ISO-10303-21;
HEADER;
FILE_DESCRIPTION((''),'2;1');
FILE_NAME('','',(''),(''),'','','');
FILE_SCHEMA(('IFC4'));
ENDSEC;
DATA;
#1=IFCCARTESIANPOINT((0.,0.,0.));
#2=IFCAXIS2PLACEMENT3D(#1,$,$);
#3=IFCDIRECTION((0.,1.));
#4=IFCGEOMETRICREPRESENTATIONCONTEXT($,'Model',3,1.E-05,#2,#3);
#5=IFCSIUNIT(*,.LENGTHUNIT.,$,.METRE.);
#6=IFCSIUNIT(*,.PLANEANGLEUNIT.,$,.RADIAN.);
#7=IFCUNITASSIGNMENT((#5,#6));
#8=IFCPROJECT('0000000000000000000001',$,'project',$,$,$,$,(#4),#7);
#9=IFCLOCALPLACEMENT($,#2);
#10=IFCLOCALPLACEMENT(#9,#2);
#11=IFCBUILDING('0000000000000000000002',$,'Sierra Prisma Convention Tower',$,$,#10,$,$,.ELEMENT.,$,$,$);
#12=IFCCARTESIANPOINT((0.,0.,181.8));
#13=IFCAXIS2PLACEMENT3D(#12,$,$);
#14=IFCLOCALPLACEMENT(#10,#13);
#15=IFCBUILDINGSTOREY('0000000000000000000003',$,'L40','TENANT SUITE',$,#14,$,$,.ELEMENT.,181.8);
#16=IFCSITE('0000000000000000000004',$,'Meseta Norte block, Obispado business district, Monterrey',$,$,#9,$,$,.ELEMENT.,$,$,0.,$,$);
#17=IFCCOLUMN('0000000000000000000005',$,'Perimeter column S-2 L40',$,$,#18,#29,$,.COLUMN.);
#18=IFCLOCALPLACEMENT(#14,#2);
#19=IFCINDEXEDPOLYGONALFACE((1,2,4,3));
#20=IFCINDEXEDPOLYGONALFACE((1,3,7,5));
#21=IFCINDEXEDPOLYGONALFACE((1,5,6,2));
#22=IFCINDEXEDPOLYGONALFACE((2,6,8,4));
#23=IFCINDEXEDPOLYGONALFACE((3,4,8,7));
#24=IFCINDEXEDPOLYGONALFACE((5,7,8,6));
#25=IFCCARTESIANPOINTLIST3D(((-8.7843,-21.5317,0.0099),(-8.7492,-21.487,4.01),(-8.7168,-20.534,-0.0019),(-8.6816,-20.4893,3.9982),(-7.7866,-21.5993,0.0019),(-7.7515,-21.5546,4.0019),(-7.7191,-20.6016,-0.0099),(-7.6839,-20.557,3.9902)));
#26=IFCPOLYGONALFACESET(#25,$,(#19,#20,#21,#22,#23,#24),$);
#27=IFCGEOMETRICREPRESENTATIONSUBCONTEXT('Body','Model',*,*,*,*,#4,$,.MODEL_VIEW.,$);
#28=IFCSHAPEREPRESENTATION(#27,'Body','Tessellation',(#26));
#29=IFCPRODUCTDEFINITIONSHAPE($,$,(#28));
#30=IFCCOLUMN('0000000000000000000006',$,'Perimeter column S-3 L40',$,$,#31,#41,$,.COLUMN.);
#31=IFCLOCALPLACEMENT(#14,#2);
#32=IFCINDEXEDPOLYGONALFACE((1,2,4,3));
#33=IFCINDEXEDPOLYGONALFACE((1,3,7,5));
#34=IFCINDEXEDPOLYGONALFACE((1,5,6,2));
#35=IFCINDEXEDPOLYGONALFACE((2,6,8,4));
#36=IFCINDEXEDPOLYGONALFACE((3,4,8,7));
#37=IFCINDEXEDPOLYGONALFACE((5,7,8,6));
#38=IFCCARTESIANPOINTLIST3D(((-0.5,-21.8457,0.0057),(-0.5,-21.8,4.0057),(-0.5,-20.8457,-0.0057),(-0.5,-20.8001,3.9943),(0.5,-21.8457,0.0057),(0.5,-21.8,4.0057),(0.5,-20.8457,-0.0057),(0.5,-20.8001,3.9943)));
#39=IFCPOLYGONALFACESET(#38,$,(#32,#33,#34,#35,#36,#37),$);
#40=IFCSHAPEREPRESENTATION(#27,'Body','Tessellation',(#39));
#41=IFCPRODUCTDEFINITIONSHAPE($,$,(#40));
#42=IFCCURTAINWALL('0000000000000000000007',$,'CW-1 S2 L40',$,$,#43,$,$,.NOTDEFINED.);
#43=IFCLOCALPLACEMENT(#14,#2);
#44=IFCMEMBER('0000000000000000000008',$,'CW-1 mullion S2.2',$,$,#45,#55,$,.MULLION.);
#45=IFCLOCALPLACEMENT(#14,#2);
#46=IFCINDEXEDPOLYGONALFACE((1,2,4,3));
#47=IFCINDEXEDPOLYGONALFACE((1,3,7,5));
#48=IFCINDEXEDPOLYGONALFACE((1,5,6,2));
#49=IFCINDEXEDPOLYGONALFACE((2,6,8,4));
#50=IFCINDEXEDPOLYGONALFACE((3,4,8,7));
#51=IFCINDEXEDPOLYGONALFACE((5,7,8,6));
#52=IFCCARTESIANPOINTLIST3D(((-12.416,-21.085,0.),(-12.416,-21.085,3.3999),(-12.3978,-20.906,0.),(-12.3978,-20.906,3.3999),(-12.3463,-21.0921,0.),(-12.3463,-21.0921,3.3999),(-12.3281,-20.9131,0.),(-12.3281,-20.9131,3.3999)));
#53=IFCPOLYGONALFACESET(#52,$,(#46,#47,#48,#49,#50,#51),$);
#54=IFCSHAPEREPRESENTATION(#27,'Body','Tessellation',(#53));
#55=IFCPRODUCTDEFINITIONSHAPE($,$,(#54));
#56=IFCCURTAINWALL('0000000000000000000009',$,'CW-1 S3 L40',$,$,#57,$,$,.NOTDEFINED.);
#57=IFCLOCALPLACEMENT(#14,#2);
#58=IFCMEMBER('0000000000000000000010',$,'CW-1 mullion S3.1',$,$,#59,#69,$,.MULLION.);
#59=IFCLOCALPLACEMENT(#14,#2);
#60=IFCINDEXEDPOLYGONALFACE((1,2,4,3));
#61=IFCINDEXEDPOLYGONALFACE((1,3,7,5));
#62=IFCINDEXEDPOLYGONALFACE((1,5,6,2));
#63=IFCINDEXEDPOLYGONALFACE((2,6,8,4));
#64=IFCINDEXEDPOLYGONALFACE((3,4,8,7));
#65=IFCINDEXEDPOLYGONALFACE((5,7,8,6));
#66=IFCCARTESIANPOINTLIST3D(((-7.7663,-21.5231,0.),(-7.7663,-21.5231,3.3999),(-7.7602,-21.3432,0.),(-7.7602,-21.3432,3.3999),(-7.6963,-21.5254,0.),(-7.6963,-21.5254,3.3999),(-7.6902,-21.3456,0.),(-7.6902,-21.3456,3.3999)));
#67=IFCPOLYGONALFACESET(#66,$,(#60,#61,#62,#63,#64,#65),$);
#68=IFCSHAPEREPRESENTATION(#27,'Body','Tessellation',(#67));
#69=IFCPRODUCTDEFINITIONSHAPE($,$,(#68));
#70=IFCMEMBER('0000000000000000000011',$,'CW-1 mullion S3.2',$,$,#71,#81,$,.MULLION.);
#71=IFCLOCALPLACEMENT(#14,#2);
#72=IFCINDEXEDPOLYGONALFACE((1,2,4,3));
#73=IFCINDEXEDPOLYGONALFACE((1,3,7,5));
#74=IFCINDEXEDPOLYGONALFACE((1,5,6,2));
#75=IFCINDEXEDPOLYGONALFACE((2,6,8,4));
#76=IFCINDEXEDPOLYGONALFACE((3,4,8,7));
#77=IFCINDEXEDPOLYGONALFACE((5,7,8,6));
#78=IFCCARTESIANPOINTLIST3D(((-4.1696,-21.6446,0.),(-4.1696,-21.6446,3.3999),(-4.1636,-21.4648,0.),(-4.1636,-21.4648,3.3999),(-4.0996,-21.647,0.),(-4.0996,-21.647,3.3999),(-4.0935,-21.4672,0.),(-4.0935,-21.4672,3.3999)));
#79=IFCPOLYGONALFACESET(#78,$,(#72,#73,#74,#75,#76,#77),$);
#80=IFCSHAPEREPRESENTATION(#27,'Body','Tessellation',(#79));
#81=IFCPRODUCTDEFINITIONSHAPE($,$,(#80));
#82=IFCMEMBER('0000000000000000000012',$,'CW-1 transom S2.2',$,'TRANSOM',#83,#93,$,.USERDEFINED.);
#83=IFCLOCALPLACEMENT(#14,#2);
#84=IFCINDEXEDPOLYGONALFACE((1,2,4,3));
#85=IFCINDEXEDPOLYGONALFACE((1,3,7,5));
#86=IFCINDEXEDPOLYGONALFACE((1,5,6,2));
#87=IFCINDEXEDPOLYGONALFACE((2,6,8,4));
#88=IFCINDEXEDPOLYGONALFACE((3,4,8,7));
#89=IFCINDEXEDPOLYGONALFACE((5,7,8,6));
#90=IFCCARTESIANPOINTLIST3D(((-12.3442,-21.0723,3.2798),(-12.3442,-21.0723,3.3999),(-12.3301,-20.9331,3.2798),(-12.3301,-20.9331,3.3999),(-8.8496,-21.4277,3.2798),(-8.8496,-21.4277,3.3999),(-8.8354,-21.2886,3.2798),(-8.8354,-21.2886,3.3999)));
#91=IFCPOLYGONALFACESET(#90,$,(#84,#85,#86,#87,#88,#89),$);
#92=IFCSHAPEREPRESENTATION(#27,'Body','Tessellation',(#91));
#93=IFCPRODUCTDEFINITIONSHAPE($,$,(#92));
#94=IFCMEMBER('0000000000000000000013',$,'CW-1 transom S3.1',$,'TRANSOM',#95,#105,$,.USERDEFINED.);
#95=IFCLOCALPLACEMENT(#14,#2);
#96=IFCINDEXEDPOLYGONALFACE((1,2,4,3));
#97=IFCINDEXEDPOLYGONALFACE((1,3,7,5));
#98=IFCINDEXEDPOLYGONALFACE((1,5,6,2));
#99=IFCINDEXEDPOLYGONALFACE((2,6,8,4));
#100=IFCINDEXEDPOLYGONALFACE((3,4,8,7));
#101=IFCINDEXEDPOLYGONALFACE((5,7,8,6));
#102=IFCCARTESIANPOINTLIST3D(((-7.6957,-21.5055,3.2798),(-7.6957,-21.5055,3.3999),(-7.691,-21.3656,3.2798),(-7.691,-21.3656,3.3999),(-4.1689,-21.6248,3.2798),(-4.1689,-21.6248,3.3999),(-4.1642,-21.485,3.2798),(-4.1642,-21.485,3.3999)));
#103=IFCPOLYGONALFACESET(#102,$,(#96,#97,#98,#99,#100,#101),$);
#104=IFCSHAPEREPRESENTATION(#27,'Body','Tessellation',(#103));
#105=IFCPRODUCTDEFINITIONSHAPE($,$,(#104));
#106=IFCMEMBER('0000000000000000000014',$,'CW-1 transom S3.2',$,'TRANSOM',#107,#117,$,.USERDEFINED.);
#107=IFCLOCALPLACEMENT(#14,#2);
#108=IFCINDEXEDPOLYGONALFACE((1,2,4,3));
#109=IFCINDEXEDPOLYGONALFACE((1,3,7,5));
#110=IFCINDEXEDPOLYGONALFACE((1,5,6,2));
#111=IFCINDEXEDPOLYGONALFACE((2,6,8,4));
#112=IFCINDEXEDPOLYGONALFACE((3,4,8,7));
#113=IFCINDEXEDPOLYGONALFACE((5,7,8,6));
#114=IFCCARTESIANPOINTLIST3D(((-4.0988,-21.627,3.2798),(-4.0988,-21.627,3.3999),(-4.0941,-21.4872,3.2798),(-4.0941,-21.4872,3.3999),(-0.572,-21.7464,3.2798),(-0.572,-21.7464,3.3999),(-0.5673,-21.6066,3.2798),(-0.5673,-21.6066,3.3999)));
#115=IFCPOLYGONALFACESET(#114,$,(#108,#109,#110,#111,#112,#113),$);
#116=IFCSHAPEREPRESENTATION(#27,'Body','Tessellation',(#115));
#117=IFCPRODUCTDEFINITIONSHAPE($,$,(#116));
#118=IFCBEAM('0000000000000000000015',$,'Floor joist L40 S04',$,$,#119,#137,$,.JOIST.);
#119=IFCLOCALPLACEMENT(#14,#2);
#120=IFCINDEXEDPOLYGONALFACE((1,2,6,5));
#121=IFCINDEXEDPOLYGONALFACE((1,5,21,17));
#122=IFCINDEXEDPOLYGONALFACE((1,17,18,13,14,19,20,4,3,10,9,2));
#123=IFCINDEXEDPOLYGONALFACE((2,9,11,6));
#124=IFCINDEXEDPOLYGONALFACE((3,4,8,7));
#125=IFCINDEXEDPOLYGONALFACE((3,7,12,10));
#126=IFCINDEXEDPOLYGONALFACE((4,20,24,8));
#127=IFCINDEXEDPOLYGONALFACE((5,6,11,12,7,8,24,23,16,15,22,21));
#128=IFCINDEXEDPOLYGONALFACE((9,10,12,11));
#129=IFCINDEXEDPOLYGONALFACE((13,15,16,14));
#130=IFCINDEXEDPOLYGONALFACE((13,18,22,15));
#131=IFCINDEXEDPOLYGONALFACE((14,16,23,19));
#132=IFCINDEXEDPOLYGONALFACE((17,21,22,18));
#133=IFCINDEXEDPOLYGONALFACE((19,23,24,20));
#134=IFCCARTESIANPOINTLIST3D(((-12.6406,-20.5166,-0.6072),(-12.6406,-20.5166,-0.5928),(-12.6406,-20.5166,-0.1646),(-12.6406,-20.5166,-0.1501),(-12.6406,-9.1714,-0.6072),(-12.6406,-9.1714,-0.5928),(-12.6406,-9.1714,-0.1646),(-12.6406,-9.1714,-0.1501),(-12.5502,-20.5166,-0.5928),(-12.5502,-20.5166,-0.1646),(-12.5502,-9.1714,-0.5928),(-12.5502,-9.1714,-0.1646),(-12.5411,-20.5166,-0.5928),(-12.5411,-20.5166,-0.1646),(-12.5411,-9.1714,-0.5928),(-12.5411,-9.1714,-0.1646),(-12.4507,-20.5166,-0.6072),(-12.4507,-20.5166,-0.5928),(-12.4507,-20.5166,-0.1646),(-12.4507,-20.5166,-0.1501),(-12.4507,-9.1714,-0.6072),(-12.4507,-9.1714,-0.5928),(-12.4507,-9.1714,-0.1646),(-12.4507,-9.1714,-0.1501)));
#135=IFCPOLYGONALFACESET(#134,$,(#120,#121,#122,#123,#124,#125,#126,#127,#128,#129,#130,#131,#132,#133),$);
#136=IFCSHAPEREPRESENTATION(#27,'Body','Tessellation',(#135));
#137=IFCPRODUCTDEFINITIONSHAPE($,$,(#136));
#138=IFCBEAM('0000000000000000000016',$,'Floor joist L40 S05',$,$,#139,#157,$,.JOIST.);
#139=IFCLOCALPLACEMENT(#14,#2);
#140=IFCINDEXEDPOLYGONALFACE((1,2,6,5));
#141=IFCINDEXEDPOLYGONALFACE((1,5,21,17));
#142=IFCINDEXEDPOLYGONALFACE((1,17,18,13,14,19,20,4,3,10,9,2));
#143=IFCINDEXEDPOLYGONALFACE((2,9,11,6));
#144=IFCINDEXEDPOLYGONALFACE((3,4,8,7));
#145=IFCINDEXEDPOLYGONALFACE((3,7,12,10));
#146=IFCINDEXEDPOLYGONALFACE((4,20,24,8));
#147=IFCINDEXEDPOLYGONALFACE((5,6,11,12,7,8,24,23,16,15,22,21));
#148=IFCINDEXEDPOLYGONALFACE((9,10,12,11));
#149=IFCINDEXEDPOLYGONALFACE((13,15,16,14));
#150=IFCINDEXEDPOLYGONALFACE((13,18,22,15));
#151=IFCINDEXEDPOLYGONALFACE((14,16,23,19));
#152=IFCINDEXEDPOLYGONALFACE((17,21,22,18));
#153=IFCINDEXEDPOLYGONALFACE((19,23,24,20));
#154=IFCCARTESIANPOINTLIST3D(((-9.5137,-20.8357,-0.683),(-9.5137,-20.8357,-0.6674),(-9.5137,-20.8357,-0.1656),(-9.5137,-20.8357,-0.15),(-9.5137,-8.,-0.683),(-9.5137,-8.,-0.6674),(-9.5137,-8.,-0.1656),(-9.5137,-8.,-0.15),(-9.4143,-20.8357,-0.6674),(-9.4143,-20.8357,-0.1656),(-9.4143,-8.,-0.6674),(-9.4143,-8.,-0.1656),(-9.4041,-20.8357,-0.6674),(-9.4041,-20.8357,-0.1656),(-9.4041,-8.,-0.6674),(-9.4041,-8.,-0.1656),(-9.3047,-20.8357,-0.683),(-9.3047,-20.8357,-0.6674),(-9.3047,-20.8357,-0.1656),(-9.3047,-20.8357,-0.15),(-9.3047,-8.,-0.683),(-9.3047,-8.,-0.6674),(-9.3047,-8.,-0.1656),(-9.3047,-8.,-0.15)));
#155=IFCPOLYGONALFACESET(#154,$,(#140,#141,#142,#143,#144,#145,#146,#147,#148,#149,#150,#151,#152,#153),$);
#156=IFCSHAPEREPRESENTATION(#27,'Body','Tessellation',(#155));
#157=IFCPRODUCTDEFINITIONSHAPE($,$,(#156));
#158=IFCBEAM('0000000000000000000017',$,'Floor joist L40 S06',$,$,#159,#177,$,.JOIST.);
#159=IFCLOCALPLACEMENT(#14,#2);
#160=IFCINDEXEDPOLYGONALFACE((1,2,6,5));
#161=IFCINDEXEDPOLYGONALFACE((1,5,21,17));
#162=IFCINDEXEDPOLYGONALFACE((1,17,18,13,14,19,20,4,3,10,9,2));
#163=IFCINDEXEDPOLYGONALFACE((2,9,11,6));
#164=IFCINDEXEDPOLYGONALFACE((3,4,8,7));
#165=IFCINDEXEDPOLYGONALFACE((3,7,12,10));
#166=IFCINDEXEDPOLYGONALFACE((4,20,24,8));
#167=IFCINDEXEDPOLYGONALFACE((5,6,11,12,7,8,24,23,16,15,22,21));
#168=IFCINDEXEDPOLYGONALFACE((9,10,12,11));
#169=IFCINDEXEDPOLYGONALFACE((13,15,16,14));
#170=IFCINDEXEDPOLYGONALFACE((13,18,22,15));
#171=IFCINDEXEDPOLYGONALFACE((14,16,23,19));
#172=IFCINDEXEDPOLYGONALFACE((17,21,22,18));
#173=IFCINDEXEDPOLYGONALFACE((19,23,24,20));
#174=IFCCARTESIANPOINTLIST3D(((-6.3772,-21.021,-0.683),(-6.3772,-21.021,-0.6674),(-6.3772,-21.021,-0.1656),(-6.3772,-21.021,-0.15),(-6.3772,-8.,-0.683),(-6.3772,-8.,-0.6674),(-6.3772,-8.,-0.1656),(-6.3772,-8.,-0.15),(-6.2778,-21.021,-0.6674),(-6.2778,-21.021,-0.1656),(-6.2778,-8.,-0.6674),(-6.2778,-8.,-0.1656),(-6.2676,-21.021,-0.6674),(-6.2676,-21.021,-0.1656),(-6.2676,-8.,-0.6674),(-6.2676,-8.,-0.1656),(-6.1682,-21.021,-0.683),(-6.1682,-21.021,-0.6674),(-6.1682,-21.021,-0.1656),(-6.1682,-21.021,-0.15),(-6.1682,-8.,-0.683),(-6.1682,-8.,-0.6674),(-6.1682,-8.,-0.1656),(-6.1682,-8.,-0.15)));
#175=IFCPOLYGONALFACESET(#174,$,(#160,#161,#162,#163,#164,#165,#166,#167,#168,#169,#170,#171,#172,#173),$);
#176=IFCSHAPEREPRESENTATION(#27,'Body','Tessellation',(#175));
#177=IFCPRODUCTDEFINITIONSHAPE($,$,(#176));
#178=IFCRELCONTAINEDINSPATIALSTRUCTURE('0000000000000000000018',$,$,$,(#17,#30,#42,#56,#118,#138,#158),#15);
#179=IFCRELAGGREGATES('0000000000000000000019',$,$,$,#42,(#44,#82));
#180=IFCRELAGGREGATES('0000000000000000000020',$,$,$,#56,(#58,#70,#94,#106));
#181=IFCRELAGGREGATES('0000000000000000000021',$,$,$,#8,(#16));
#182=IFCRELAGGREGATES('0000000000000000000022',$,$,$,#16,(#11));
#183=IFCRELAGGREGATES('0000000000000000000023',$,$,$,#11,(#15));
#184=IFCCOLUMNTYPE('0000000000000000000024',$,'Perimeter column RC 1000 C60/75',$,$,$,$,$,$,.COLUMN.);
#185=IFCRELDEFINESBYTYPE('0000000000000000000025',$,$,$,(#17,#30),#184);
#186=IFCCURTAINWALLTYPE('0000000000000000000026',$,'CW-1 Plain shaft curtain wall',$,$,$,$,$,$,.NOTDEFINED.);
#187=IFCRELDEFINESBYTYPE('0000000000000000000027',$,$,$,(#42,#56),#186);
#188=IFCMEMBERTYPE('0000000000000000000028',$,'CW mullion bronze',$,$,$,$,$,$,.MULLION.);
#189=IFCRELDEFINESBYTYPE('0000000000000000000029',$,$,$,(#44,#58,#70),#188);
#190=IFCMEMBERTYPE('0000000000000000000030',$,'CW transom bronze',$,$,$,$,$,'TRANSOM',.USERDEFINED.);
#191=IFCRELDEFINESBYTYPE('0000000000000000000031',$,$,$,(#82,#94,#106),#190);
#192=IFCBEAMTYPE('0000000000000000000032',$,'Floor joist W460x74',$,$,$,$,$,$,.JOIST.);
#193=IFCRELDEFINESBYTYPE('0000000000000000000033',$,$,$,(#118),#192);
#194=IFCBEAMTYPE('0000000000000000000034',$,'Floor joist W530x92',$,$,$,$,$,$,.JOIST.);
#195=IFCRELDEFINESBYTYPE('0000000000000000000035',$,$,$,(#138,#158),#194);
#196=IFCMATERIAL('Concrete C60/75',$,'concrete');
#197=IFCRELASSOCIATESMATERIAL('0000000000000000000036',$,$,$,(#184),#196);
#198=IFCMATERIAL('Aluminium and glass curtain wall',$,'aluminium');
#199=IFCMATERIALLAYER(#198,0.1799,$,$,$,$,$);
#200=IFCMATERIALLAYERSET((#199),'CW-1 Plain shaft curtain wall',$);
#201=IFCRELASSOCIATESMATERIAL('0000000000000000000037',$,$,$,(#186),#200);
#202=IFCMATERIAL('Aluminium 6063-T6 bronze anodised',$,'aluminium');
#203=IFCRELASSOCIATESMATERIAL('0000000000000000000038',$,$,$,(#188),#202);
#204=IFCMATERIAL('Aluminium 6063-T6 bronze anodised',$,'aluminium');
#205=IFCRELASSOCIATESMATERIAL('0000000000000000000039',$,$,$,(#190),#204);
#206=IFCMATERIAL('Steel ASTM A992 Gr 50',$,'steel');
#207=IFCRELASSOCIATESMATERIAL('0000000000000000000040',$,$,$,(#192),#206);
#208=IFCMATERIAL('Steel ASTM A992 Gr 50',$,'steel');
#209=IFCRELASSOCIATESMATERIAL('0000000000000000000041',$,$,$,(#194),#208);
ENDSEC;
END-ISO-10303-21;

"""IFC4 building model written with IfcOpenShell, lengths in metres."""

from ifc_helpers import new_model, si_unit, direction, frame, origin, origin_2d, place, context, subcontext, project, spatial, rectangle, i_section, extrude, material, layer, layer_set, material_profile, profile_set, type_object, element, aggregate, save


model = new_model("IFC4")

# Units and contexts
model_context = context("Model", 3, precision=1e-05, world=origin(), true_north=direction((0.0, 1.0)))
body_context = subcontext(model_context, "Body", "Model", "MODEL_VIEW")
ifc_project = project(units=[si_unit("LENGTHUNIT", "METRE"), si_unit("PLANEANGLEUNIT", "RADIAN")], contexts=[model_context])

# Site, building, storey
site_placement = place(None, origin())
site = spatial("IfcSite", under=ifc_project, at=site_placement, Name="Meseta Norte block, Obispado business district, Monterrey", CompositionType="ELEMENT", RefElevation=0.0)
building_placement = place(site_placement, origin())
building = spatial("IfcBuilding", under=site, at=building_placement, Name="Sierra Prisma Convention Tower", CompositionType="ELEMENT")
storey_placement = place(building_placement, frame((0.0, 0.0, 181.8)))
storey = spatial("IfcBuildingStorey", under=building, at=storey_placement, Name="L40", Description="TENANT SUITE", CompositionType="ELEMENT", Elevation=181.8)

# Columns
ifc_material_1 = material(Name="Concrete C60/75", Category="concrete")
ifc_material_profile_1 = material_profile(ifc_material_1, rectangle(XDim=1.0, YDim=1.0, at=origin_2d()), Name="Perimeter column RC 1000 C60/75")
ifc_profile_set_1 = profile_set([ifc_material_profile_1], Name="Concrete C60/75")
column_type = type_object("IfcColumnType", Name="Perimeter column RC 1000 C60/75", PredefinedType="COLUMN", material=ifc_profile_set_1)
column_1_placement = place(storey_placement, frame((-8.2517, -21.0667, 0.0), z_axis=(0.008788, 0.011168, 0.999899), x_axis=(-0.997678, 0.067639, 0.008013)))
element("IfcColumn", 1, at=column_1_placement, inside=storey, type_object=column_type, Name="Perimeter column S-2 L40", PredefinedType="COLUMN", context=body_context, shape_type="SweptSolid", body=[
    extrude(rectangle(XDim=1.0, YDim=1.0, at=origin_2d()), origin(), (0.0, 0.0, 1.0), 4.0005),
])
column_2_placement = place(storey_placement, frame((0.0, -21.3457, 0.0), z_axis=(0.0, 0.011413, 0.999935), x_axis=(1.0, 0.0, 0.0)))
element("IfcColumn", 2, at=column_2_placement, inside=storey, type_object=column_type, Name="Perimeter column S-3 L40", PredefinedType="COLUMN", context=body_context, shape_type="SweptSolid", body=[
    extrude(rectangle(XDim=1.0, YDim=1.0, at=origin_2d()), origin(), (0.0, 0.0, 1.0), 4.0002),
])

# Curtain wall, member
ifc_material_2 = material(Name="Aluminium and glass curtain wall", Category="aluminium")
ifc_layer_1 = layer(ifc_material_2, 0.1799)
ifc_layer_set_1 = layer_set([ifc_layer_1], Name="CW-1 Plain shaft curtain wall")
curtain_wall_type = type_object("IfcCurtainWallType", Name="CW-1 Plain shaft curtain wall", PredefinedType="NOTDEFINED", material=ifc_layer_set_1)
curtain_wall_1_placement = place(storey_placement, origin())
curtain_wall_1 = element("IfcCurtainWall", 3, at=curtain_wall_1_placement, inside=storey, type_object=curtain_wall_type, Name="CW-1 S2 L40", PredefinedType="NOTDEFINED")
ifc_material_3 = material(Name="Aluminium 6063-T6 bronze anodised", Category="aluminium")
ifc_material_profile_2 = material_profile(ifc_material_3, rectangle(XDim=0.1799, YDim=0.0701, at=origin_2d()), Name="ALU MULLION 70x180")
ifc_profile_set_2 = profile_set([ifc_material_profile_2], Name="Aluminium 6063-T6 bronze anodised")
member_type_1 = type_object("IfcMemberType", Name="CW mullion bronze", PredefinedType="MULLION", material=ifc_profile_set_2)
member_1_placement = place(storey_placement, frame((-12.3721, -20.999, 0.0), z_axis=(0.0, 0.0, 1.0), x_axis=(0.10122, 0.994864, 0.0)))
member_1 = element("IfcMember", 4, at=member_1_placement, type_object=member_type_1, Name="CW-1 mullion S2.2", PredefinedType="MULLION", context=body_context, shape_type="SweptSolid", body=[
    extrude(rectangle(XDim=0.1799, YDim=0.0701, at=origin_2d()), origin(), (0.0, 0.0, 1.0), 3.3999),
])

# Curtain wall, members
curtain_wall_2_placement = place(storey_placement, origin())
curtain_wall_2 = element("IfcCurtainWall", 5, at=curtain_wall_2_placement, inside=storey, type_object=curtain_wall_type, Name="CW-1 S3 L40", PredefinedType="NOTDEFINED")
member_2_placement = place(storey_placement, frame((-7.7283, -21.4343, 0.0), z_axis=(0.0, 0.0, 1.0), x_axis=(0.033792, 0.999429, 0.0)))
member_2 = element("IfcMember", 6, at=member_2_placement, type_object=member_type_1, Name="CW-1 mullion S3.1", PredefinedType="MULLION", context=body_context, shape_type="SweptSolid", body=[
    extrude(rectangle(XDim=0.1799, YDim=0.0701, at=origin_2d()), origin(), (0.0, 0.0, 1.0), 3.3999),
])
member_3_placement = place(storey_placement, frame((-4.1316, -21.5559, 0.0), z_axis=(0.0, 0.0, 1.0), x_axis=(0.033792, 0.999429, 0.0)))
member_3 = element("IfcMember", 7, at=member_3_placement, type_object=member_type_1, Name="CW-1 mullion S3.2", PredefinedType="MULLION", context=body_context, shape_type="SweptSolid", body=[
    extrude(rectangle(XDim=0.1799, YDim=0.0701, at=origin_2d()), origin(), (0.0, 0.0, 1.0), 3.3999),
])

# Members
ifc_material_4 = material(Name="Aluminium 6063-T6 bronze anodised", Category="aluminium")
ifc_material_profile_3 = material_profile(ifc_material_4, rectangle(XDim=0.1399, YDim=0.1201, at=origin_2d()), Name="ALU TRANSOM 120x140")
ifc_profile_set_3 = profile_set([ifc_material_profile_3], Name="Aluminium 6063-T6 bronze anodised")
member_type_2 = type_object("IfcMemberType", Name="CW transom bronze", ElementType="TRANSOM", PredefinedType="USERDEFINED", material=ifc_profile_set_3)
member_4_placement = place(storey_placement, frame((-12.3372, -21.0027, 3.3398), z_axis=(0.994866, -0.101196, 0.0), x_axis=(0.101196, 0.994866, 0.0)))
member_4 = element("IfcMember", 8, at=member_4_placement, type_object=member_type_2, Name="CW-1 transom S2.2", ObjectType="TRANSOM", PredefinedType="USERDEFINED", context=body_context, shape_type="SweptSolid", body=[
    extrude(rectangle(XDim=0.1399, YDim=0.1201, at=origin_2d()), origin(), (0.0, 0.0, 1.0), 3.5127),
])
member_5_placement = place(storey_placement, frame((-7.6934, -21.4355, 3.3398), z_axis=(0.999428, -0.033831, 0.0), x_axis=(0.033831, 0.999428, 0.0)))
member_5 = element("IfcMember", 9, at=member_5_placement, type_object=member_type_2, Name="CW-1 transom S3.1", ObjectType="TRANSOM", PredefinedType="USERDEFINED", context=body_context, shape_type="SweptSolid", body=[
    extrude(rectangle(XDim=0.1399, YDim=0.1201, at=origin_2d()), origin(), (0.0, 0.0, 1.0), 3.5288),
])
member_6_placement = place(storey_placement, frame((-4.0964, -21.5571, 3.3398), z_axis=(0.999428, -0.033831, 0.0), x_axis=(0.033831, 0.999428, 0.0)))
member_6 = element("IfcMember", 10, at=member_6_placement, type_object=member_type_2, Name="CW-1 transom S3.2", ObjectType="TRANSOM", PredefinedType="USERDEFINED", context=body_context, shape_type="SweptSolid", body=[
    extrude(rectangle(XDim=0.1399, YDim=0.1201, at=origin_2d()), origin(), (0.0, 0.0, 1.0), 3.5288),
])

# Beams
ifc_material_5 = material(Name="Steel ASTM A992 Gr 50", Category="steel")
ifc_material_profile_4 = material_profile(ifc_material_5, i_section(OverallWidth=0.1899, OverallDepth=0.457, WebThickness=0.009, FlangeThickness=0.0144, at=origin_2d()), Name="W460x74")
ifc_profile_set_4 = profile_set([ifc_material_profile_4], Name="Steel ASTM A992 Gr 50")
beam_type_1 = type_object("IfcBeamType", Name="Floor joist W460x74", PredefinedType="JOIST", material=ifc_profile_set_4)
beam_1_placement = place(storey_placement, frame((-12.5457, -20.5166, -0.3787), z_axis=(0.0, 1.0, 0.0), x_axis=(-1.0, 0.0, 0.0)))
element("IfcBeam", 11, at=beam_1_placement, inside=storey, type_object=beam_type_1, Name="Floor joist L40 S04", PredefinedType="JOIST", context=body_context, shape_type="SweptSolid", body=[
    extrude(i_section(OverallWidth=0.1899, OverallDepth=0.457, WebThickness=0.009, FlangeThickness=0.0144, at=origin_2d()), origin(), (0.0, 0.0, 1.0), 11.3452),
])
ifc_material_6 = material(Name="Steel ASTM A992 Gr 50", Category="steel")
ifc_material_profile_5 = material_profile(ifc_material_6, i_section(OverallWidth=0.209, OverallDepth=0.533, WebThickness=0.0103, FlangeThickness=0.0156, at=origin_2d()), Name="W530x92")
ifc_profile_set_5 = profile_set([ifc_material_profile_5], Name="Steel ASTM A992 Gr 50")
beam_type_2 = type_object("IfcBeamType", Name="Floor joist W530x92", PredefinedType="JOIST", material=ifc_profile_set_5)
beam_2_placement = place(storey_placement, frame((-9.4092, -20.8357, -0.4165), z_axis=(0.0, 1.0, 0.0), x_axis=(-1.0, 0.0, 0.0)))
element("IfcBeam", 12, at=beam_2_placement, inside=storey, type_object=beam_type_2, Name="Floor joist L40 S05", PredefinedType="JOIST", context=body_context, shape_type="SweptSolid", body=[
    extrude(i_section(OverallWidth=0.209, OverallDepth=0.533, WebThickness=0.0103, FlangeThickness=0.0156, at=origin_2d()), origin(), (0.0, 0.0, 1.0), 12.8357),
])
beam_3_placement = place(storey_placement, frame((-6.2727, -21.021, -0.4165), z_axis=(0.0, 1.0, 0.0), x_axis=(-1.0, 0.0, 0.0)))
element("IfcBeam", 13, at=beam_3_placement, inside=storey, type_object=beam_type_2, Name="Floor joist L40 S06", PredefinedType="JOIST", context=body_context, shape_type="SweptSolid", body=[
    extrude(i_section(OverallWidth=0.209, OverallDepth=0.533, WebThickness=0.0103, FlangeThickness=0.0156, at=origin_2d()), origin(), (0.0, 0.0, 1.0), 13.021),
])

aggregate(curtain_wall_1, [member_1, member_4])
aggregate(curtain_wall_2, [member_2, member_3, member_5, member_6])

save(model, "model.ifc")
